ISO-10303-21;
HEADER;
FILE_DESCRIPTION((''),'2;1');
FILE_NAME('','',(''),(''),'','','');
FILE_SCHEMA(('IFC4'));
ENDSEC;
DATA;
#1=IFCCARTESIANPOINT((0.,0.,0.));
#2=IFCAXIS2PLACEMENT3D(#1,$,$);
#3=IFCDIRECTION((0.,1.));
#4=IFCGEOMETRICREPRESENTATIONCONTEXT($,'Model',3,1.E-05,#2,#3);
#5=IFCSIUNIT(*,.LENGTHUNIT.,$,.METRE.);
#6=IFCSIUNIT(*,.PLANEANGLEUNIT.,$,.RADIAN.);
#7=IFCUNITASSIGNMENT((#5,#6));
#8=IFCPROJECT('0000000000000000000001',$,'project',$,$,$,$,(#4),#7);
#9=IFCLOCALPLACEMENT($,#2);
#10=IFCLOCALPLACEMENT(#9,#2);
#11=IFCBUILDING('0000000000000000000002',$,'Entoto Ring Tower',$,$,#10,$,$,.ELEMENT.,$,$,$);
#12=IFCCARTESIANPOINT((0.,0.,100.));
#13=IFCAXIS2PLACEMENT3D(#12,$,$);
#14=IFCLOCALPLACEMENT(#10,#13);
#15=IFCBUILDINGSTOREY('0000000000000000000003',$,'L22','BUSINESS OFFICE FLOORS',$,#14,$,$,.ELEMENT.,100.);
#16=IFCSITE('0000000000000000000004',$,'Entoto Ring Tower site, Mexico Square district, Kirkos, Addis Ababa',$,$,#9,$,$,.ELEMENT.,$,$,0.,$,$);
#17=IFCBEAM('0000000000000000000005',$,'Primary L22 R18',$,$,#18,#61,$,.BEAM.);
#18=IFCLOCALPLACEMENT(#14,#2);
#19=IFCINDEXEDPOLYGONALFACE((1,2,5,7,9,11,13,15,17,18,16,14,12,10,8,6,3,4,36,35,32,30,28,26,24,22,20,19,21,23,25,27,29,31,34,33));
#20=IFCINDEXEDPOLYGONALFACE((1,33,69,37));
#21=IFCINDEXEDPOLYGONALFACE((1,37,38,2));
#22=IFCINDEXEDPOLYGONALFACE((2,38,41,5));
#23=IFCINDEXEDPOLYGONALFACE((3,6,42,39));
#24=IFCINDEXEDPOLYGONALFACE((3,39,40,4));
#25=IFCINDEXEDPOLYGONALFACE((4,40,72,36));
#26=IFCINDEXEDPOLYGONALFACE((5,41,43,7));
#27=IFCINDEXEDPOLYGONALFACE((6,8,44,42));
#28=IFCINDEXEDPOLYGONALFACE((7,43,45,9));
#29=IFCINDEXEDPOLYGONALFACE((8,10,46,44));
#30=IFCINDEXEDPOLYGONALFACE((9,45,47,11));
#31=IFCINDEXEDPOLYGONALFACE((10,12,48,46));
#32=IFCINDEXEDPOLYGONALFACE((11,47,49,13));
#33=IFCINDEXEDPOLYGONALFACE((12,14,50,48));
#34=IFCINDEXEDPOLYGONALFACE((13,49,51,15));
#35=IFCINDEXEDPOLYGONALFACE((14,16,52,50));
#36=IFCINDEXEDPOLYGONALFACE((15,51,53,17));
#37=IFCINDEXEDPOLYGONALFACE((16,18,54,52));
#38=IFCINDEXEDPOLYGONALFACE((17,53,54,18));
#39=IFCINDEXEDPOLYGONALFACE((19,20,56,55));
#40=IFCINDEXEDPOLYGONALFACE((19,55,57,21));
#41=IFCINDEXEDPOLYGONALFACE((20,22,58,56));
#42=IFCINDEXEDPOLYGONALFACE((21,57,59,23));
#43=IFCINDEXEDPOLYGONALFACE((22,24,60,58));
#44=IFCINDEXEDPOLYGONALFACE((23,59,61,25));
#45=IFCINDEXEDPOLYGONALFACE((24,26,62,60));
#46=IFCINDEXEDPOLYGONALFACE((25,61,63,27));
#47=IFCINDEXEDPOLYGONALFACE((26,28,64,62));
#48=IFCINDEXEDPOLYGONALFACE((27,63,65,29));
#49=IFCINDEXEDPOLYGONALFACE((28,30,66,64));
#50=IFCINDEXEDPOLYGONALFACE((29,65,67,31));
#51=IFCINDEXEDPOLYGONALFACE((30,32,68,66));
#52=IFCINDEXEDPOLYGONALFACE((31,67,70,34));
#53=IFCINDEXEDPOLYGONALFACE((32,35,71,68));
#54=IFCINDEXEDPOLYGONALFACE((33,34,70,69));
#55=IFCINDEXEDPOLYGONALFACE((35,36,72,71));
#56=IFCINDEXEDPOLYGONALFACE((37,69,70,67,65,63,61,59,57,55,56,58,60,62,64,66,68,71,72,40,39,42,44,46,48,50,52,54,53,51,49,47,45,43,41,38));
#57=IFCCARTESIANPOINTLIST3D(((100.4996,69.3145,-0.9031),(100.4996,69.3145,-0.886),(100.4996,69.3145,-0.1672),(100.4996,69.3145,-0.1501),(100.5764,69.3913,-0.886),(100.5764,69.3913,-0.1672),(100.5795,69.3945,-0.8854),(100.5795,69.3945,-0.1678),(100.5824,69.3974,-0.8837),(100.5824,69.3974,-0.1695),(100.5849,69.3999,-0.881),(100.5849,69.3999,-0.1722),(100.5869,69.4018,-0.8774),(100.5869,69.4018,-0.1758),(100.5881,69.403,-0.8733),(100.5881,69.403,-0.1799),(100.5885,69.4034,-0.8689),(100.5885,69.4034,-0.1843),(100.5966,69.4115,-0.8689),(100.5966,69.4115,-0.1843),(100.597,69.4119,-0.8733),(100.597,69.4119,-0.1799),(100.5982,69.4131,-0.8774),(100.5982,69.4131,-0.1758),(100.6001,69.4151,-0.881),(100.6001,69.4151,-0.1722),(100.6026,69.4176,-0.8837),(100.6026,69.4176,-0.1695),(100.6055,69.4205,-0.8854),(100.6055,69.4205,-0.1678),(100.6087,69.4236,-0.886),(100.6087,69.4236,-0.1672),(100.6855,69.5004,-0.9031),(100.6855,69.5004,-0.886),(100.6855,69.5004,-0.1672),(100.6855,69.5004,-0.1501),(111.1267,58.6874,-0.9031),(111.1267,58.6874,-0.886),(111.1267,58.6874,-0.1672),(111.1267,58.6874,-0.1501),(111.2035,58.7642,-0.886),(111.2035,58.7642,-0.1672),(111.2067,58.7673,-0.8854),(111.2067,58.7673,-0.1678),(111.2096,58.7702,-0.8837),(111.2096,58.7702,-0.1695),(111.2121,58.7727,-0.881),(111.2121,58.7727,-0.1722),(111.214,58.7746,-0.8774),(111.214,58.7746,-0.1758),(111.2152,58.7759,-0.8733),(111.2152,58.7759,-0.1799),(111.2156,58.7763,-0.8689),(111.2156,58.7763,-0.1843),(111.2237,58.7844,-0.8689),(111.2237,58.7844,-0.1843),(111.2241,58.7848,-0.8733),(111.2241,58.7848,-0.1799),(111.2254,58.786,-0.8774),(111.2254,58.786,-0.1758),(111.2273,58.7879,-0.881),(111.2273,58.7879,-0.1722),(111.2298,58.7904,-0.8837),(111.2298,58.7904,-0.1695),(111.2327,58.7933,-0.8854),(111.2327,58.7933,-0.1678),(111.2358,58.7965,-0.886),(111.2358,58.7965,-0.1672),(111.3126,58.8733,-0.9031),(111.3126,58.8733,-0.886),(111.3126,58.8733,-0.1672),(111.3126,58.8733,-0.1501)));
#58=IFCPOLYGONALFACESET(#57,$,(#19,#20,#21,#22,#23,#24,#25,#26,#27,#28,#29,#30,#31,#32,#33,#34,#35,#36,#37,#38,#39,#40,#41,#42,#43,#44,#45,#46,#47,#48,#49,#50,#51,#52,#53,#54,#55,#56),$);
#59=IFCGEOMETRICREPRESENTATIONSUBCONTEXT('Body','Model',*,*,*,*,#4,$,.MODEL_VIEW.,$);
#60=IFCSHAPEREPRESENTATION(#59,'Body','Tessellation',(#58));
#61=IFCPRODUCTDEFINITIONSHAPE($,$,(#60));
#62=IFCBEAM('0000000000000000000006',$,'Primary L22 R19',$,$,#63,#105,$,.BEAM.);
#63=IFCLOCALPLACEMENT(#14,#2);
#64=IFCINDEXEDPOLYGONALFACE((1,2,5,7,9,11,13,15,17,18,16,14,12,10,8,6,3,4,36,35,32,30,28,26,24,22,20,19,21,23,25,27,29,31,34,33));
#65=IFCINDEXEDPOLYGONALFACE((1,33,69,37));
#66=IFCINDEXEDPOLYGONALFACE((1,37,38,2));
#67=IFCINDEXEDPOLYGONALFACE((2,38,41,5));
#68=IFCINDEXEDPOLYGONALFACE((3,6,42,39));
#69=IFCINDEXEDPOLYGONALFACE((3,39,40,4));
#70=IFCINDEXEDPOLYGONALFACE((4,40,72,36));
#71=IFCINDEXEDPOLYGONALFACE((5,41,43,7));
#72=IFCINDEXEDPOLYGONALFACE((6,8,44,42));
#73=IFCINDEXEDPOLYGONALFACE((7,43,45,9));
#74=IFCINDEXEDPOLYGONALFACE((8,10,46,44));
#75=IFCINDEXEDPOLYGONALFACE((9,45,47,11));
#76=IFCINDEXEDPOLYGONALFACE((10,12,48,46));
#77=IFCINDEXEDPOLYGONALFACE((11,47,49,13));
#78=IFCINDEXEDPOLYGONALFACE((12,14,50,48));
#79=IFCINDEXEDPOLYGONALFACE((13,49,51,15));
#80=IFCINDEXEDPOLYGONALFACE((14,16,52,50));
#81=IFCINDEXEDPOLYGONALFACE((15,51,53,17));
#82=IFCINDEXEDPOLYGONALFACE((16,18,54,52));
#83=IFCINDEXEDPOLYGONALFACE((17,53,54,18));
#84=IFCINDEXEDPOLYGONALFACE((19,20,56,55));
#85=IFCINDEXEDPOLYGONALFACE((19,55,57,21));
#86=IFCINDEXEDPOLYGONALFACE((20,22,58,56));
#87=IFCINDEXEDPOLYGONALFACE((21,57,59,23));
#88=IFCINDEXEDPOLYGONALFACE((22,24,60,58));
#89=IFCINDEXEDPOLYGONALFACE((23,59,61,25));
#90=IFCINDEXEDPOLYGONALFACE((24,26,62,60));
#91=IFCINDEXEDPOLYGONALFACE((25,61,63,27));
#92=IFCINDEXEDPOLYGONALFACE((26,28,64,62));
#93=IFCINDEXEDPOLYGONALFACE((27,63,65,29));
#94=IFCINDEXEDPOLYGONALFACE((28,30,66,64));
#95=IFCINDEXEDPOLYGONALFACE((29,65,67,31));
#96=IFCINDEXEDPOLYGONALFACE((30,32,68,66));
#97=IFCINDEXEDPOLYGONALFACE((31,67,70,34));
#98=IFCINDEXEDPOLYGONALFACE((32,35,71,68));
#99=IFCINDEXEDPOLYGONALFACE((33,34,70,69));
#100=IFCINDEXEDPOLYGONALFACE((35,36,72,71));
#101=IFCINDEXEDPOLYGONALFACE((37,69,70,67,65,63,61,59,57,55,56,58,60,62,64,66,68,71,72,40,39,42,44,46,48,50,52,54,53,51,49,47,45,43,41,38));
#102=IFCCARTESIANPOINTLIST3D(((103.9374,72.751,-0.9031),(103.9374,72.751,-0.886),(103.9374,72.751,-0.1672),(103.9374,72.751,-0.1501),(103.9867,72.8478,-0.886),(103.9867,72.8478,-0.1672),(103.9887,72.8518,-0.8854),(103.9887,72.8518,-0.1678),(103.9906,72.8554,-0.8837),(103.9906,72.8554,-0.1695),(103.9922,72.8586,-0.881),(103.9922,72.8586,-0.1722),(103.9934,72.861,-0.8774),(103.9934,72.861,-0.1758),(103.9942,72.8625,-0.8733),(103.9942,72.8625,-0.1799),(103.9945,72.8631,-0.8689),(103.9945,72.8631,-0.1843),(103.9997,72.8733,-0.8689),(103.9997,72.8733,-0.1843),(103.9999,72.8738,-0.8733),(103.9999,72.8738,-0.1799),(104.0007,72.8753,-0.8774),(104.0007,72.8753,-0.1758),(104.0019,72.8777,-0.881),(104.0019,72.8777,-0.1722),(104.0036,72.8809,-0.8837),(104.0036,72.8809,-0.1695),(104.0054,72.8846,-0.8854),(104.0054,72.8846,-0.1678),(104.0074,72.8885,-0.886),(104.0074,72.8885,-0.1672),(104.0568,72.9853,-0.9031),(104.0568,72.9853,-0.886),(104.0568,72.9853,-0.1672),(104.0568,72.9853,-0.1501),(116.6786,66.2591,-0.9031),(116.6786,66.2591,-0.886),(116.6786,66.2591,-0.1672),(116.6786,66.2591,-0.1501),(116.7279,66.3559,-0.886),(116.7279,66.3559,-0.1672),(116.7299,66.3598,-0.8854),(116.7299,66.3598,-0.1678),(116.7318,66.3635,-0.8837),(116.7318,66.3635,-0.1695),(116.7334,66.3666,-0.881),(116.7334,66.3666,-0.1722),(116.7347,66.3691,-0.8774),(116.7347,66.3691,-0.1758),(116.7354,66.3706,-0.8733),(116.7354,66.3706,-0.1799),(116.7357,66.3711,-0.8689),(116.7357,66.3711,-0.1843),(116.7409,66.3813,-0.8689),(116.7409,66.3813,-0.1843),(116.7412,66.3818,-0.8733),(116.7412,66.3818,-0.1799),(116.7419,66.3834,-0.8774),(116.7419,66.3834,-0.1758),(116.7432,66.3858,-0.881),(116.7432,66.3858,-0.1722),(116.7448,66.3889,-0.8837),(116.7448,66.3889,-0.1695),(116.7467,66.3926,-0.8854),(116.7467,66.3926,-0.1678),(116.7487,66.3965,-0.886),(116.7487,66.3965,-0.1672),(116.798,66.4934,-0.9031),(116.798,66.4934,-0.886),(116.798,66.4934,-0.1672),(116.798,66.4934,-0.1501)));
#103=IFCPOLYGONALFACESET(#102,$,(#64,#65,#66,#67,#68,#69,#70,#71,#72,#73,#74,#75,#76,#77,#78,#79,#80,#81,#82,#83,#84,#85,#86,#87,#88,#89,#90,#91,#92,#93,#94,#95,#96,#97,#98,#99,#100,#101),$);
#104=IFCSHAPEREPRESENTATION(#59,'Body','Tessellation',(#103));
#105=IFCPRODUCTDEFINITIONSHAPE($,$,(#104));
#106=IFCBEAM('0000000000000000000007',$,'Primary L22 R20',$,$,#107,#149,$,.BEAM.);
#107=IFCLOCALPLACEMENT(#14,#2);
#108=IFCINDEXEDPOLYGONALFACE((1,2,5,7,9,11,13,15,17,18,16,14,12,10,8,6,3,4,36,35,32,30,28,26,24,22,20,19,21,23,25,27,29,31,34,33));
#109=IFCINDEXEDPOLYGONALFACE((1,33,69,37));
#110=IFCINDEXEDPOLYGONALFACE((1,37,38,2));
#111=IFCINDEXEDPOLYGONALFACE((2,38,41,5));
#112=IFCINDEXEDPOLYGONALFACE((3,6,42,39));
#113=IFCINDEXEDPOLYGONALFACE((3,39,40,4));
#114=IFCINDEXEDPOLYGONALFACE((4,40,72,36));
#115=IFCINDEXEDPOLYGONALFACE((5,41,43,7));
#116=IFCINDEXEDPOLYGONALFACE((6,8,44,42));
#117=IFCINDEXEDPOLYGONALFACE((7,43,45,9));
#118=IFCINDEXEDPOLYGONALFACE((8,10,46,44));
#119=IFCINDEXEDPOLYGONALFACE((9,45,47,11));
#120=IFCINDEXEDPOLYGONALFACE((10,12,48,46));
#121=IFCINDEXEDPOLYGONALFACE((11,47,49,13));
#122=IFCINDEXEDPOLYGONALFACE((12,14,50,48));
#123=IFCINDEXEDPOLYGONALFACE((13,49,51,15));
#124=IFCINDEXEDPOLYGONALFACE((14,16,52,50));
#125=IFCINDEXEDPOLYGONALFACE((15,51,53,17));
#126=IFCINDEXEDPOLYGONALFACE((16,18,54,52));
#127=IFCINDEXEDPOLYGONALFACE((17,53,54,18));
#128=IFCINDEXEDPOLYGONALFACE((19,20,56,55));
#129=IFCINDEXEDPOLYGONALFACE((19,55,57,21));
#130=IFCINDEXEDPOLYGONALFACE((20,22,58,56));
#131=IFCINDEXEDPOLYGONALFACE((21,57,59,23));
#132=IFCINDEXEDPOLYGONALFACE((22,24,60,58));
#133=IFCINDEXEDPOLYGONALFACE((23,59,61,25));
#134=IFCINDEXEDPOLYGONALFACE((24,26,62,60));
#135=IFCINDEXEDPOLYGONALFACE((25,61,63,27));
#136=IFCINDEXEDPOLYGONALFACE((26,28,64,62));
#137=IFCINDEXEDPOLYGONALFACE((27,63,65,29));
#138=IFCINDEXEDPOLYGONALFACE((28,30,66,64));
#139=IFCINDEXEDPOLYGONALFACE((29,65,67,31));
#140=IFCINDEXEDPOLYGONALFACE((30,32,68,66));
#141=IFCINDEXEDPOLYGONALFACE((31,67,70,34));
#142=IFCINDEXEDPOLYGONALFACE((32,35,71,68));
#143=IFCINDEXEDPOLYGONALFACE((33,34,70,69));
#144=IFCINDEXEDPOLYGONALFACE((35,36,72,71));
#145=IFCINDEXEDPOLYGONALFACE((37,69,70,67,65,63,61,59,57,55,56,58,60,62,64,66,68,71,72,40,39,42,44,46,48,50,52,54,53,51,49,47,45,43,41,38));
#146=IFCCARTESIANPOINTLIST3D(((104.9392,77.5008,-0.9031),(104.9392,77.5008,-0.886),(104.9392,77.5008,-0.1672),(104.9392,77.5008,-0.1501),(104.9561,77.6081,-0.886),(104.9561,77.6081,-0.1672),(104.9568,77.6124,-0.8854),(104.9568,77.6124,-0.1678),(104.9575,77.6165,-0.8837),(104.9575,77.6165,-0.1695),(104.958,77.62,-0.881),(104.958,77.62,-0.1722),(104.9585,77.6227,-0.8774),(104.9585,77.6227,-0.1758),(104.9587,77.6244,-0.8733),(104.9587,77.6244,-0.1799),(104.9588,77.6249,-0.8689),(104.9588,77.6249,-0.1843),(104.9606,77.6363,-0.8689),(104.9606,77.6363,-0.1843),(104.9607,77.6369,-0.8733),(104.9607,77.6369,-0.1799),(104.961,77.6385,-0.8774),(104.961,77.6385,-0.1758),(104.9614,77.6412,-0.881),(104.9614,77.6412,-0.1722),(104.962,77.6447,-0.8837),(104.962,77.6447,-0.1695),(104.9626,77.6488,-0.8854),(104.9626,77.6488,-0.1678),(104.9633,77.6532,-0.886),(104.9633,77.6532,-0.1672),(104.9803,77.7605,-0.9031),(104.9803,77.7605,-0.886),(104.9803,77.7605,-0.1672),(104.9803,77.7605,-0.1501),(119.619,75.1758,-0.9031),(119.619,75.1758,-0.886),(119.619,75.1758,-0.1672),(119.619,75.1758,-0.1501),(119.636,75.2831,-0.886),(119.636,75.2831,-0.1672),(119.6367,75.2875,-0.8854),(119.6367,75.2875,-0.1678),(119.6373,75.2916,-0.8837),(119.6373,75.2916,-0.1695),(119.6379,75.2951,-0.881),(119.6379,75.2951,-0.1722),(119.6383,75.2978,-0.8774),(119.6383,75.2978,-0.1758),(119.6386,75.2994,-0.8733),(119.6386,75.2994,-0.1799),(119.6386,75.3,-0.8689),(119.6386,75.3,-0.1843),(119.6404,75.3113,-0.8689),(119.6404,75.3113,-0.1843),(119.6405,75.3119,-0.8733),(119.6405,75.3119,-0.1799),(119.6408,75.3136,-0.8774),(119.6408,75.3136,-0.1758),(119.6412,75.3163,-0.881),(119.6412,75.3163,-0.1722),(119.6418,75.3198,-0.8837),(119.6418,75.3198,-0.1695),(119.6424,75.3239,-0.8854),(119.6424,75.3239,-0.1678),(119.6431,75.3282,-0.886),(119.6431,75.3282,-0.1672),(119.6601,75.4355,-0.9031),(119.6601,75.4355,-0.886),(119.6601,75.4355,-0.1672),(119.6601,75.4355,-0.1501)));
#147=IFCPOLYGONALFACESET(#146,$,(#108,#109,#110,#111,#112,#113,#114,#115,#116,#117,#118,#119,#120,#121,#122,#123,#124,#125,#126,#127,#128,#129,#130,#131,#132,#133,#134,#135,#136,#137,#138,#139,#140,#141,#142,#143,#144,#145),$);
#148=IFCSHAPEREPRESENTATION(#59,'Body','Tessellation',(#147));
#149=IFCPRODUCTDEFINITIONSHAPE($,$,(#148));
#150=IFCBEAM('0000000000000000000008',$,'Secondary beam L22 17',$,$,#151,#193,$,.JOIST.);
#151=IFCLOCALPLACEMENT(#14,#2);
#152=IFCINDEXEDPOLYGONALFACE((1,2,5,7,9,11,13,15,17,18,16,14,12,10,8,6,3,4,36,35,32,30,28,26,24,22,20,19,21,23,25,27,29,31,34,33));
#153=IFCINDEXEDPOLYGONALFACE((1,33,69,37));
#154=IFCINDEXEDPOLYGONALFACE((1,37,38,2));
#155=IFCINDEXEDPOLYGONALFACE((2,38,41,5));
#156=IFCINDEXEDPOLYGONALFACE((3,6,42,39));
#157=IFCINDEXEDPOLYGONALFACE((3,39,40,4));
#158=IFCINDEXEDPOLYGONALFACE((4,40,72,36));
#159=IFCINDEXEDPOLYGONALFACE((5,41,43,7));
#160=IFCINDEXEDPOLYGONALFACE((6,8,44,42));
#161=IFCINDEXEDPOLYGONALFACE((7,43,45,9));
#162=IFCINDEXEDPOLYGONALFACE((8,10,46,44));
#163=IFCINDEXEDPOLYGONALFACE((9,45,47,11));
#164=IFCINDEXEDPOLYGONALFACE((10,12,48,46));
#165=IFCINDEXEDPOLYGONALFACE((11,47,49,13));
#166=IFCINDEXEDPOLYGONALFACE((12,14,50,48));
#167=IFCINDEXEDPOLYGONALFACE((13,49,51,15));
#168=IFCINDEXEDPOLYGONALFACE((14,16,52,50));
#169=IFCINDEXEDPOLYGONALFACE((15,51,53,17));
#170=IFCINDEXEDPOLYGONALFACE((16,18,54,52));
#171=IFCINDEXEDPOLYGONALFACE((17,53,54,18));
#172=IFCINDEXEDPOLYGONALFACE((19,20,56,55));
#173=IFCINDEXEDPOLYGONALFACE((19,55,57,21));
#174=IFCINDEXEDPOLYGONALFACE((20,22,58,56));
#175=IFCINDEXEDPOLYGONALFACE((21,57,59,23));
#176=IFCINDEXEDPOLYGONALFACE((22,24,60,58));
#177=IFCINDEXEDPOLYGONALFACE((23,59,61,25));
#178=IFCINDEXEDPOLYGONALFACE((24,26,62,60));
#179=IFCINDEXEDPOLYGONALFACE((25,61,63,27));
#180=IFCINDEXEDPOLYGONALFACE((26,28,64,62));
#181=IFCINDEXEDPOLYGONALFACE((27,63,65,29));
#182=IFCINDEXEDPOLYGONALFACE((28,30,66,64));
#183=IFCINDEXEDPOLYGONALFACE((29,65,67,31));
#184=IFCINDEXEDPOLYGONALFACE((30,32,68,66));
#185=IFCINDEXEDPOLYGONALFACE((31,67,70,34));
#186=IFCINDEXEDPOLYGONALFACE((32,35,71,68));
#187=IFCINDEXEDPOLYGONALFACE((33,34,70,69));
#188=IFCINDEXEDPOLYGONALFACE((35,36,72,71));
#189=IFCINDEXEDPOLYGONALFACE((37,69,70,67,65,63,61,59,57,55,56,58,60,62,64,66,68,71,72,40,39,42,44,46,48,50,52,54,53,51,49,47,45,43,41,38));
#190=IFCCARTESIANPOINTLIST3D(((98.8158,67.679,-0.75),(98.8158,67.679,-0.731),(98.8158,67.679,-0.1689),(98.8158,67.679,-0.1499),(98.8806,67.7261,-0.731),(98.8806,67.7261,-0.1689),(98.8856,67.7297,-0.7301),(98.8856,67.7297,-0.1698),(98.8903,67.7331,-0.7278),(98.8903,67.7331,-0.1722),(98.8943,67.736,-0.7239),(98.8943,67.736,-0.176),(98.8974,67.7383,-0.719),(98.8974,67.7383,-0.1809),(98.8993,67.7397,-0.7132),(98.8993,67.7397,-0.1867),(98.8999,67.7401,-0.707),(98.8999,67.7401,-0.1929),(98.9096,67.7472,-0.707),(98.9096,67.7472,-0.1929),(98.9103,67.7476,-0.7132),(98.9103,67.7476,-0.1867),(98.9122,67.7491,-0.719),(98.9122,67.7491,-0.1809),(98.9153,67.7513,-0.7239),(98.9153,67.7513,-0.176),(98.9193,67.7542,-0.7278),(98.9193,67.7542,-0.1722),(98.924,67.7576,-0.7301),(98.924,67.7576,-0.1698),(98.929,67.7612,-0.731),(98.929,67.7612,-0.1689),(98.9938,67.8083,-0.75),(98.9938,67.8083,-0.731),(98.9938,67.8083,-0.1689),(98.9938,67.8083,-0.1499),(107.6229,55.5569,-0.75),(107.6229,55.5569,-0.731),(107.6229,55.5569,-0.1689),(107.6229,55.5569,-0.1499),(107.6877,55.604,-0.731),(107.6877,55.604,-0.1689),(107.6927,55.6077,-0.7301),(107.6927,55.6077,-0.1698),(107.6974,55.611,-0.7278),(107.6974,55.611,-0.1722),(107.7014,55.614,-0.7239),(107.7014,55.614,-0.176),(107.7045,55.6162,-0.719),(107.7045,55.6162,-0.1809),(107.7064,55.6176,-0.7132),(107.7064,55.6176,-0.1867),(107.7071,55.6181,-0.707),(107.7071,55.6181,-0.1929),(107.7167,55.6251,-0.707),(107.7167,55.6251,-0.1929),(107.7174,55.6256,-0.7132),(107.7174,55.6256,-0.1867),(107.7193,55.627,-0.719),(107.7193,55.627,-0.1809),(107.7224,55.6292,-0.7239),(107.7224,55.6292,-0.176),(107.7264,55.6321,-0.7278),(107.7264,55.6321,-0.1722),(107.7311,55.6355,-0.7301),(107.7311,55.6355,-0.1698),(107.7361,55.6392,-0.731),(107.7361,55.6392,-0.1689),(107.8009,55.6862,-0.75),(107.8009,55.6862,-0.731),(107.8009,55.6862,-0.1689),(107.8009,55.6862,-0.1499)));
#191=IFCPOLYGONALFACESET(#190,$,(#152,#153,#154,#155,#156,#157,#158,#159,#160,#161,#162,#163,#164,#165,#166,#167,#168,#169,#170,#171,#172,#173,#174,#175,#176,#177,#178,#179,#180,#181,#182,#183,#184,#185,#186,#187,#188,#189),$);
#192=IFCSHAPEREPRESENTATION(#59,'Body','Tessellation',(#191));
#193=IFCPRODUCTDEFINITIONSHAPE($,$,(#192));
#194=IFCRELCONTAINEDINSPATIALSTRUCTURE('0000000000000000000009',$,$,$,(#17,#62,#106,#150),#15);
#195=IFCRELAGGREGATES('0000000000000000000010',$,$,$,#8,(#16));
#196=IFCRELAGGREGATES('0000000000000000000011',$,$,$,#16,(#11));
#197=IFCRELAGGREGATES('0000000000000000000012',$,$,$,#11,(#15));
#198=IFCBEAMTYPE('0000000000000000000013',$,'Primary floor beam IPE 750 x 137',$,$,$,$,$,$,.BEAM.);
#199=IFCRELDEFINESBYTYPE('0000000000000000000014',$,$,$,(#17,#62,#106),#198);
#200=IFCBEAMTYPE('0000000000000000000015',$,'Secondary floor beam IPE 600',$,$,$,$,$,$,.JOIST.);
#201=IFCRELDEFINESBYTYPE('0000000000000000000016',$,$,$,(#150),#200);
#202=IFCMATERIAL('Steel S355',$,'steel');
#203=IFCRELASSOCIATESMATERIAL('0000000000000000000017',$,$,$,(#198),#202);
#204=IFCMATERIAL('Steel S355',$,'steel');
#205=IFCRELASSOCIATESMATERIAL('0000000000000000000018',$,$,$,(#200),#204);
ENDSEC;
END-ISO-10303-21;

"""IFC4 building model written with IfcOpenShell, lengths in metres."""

from ifc_helpers import new_model, si_unit, direction, frame, origin, origin_2d, place, context, subcontext, project, spatial, i_section, extrude, material, material_profile, profile_set, type_object, element, save


model = new_model("IFC4")

# Units and contexts
model_context = context("Model", 3, precision=1e-05, world=origin(), true_north=direction((0.0, 1.0)))
body_context = subcontext(model_context, "Body", "Model", "MODEL_VIEW")
ifc_project = project(units=[si_unit("LENGTHUNIT", "METRE"), si_unit("PLANEANGLEUNIT", "RADIAN")], contexts=[model_context])

# Site, building, storey
site_placement = place(None, origin())
site = spatial("IfcSite", under=ifc_project, at=site_placement, Name="Entoto Ring Tower site, Mexico Square district, Kirkos, Addis Ababa", CompositionType="ELEMENT", RefElevation=0.0)
building_placement = place(site_placement, origin())
building = spatial("IfcBuilding", under=site, at=building_placement, Name="Entoto Ring Tower", CompositionType="ELEMENT")
storey_placement = place(building_placement, frame((0.0, 0.0, 100.0)))
storey = spatial("IfcBuildingStorey", under=building, at=storey_placement, Name="L22", Description="BUSINESS OFFICE FLOORS", CompositionType="ELEMENT", Elevation=100.0)

# Beams
ifc_material_1 = material(Name="Steel S355", Category="steel")
ifc_material_profile_1 = material_profile(ifc_material_1, i_section(OverallWidth=0.2629, OverallDepth=0.7529, WebThickness=0.0115, FlangeThickness=0.0171, FilletRadius=0.0171, at=origin_2d()), Name="IPE 750 x 137")
ifc_profile_set_1 = profile_set([ifc_material_profile_1], Name="Steel S355")
beam_type_1 = type_object("IfcBeamType", Name="Primary floor beam IPE 750 x 137", PredefinedType="BEAM", material=ifc_profile_set_1)
beam_1_placement = place(storey_placement, frame((100.5925, 69.4075, -0.5266), z_axis=(0.707107, -0.707107, 0.0), x_axis=(0.707107, 0.707107, 0.0)))
element("IfcBeam", 1, at=beam_1_placement, inside=storey, type_object=beam_type_1, Name="Primary L22 R18", PredefinedType="BEAM", context=body_context, shape_type="SweptSolid", body=[
    extrude(i_section(OverallWidth=0.2629, OverallDepth=0.7529, WebThickness=0.0115, FlangeThickness=0.0171, FilletRadius=0.0171, at=origin_2d()), origin(), (0.0, 0.0, 1.0), 15.0291),
])
beam_2_placement = place(storey_placement, frame((103.9971, 72.8682, -0.5266), z_axis=(0.891007, -0.453989, 0.0), x_axis=(0.453989, 0.891007, 0.0)))
element("IfcBeam", 2, at=beam_2_placement, inside=storey, type_object=beam_type_1, Name="Primary L22 R19", PredefinedType="BEAM", context=body_context, shape_type="SweptSolid", body=[
    extrude(i_section(OverallWidth=0.2629, OverallDepth=0.7529, WebThickness=0.0115, FlangeThickness=0.0171, FilletRadius=0.0171, at=origin_2d()), origin(), (0.0, 0.0, 1.0), 14.2998),
])
beam_3_placement = place(storey_placement, frame((104.9597, 77.6306, -0.5266), z_axis=(0.98769, -0.156426, 0.0), x_axis=(0.156426, 0.98769, 0.0)))
element("IfcBeam", 3, at=beam_3_placement, inside=storey, type_object=beam_type_1, Name="Primary L22 R20", PredefinedType="BEAM", context=body_context, shape_type="SweptSolid", body=[
    extrude(i_section(OverallWidth=0.2629, OverallDepth=0.7529, WebThickness=0.0115, FlangeThickness=0.0171, FilletRadius=0.0171, at=origin_2d()), origin(), (0.0, 0.0, 1.0), 14.8628),
])
ifc_material_2 = material(Name="Steel S355", Category="steel")
ifc_material_profile_2 = material_profile(ifc_material_2, i_section(OverallWidth=0.22, OverallDepth=0.6001, WebThickness=0.012, FlangeThickness=0.019, FilletRadius=0.0239, at=origin_2d()), Name="IPE 600")
ifc_profile_set_2 = profile_set([ifc_material_profile_2], Name="Steel S355")
beam_type_2 = type_object("IfcBeamType", Name="Secondary floor beam IPE 600", PredefinedType="JOIST", material=ifc_profile_set_2)
for number, where, z_axis, x_axis, name in (
    (4, (98.9048, 67.7437, -0.45), (0.587782, -0.809019, 0.0), (0.809019, 0.587782, 0.0), "Secondary beam L22 17"),
):
    element("IfcBeam", number, at=place(storey_placement, frame(where, z_axis=z_axis, x_axis=x_axis)), inside=storey, type_object=beam_type_2, Name=name, PredefinedType="JOIST", context=body_context, shape_type="SweptSolid", body=[
        extrude(i_section(OverallWidth=0.22, OverallDepth=0.6001, WebThickness=0.012, FlangeThickness=0.019, FilletRadius=0.0239, at=origin_2d()), origin(), (0.0, 0.0, 1.0), 14.9836),
    ])

save(model, "model.ifc")
